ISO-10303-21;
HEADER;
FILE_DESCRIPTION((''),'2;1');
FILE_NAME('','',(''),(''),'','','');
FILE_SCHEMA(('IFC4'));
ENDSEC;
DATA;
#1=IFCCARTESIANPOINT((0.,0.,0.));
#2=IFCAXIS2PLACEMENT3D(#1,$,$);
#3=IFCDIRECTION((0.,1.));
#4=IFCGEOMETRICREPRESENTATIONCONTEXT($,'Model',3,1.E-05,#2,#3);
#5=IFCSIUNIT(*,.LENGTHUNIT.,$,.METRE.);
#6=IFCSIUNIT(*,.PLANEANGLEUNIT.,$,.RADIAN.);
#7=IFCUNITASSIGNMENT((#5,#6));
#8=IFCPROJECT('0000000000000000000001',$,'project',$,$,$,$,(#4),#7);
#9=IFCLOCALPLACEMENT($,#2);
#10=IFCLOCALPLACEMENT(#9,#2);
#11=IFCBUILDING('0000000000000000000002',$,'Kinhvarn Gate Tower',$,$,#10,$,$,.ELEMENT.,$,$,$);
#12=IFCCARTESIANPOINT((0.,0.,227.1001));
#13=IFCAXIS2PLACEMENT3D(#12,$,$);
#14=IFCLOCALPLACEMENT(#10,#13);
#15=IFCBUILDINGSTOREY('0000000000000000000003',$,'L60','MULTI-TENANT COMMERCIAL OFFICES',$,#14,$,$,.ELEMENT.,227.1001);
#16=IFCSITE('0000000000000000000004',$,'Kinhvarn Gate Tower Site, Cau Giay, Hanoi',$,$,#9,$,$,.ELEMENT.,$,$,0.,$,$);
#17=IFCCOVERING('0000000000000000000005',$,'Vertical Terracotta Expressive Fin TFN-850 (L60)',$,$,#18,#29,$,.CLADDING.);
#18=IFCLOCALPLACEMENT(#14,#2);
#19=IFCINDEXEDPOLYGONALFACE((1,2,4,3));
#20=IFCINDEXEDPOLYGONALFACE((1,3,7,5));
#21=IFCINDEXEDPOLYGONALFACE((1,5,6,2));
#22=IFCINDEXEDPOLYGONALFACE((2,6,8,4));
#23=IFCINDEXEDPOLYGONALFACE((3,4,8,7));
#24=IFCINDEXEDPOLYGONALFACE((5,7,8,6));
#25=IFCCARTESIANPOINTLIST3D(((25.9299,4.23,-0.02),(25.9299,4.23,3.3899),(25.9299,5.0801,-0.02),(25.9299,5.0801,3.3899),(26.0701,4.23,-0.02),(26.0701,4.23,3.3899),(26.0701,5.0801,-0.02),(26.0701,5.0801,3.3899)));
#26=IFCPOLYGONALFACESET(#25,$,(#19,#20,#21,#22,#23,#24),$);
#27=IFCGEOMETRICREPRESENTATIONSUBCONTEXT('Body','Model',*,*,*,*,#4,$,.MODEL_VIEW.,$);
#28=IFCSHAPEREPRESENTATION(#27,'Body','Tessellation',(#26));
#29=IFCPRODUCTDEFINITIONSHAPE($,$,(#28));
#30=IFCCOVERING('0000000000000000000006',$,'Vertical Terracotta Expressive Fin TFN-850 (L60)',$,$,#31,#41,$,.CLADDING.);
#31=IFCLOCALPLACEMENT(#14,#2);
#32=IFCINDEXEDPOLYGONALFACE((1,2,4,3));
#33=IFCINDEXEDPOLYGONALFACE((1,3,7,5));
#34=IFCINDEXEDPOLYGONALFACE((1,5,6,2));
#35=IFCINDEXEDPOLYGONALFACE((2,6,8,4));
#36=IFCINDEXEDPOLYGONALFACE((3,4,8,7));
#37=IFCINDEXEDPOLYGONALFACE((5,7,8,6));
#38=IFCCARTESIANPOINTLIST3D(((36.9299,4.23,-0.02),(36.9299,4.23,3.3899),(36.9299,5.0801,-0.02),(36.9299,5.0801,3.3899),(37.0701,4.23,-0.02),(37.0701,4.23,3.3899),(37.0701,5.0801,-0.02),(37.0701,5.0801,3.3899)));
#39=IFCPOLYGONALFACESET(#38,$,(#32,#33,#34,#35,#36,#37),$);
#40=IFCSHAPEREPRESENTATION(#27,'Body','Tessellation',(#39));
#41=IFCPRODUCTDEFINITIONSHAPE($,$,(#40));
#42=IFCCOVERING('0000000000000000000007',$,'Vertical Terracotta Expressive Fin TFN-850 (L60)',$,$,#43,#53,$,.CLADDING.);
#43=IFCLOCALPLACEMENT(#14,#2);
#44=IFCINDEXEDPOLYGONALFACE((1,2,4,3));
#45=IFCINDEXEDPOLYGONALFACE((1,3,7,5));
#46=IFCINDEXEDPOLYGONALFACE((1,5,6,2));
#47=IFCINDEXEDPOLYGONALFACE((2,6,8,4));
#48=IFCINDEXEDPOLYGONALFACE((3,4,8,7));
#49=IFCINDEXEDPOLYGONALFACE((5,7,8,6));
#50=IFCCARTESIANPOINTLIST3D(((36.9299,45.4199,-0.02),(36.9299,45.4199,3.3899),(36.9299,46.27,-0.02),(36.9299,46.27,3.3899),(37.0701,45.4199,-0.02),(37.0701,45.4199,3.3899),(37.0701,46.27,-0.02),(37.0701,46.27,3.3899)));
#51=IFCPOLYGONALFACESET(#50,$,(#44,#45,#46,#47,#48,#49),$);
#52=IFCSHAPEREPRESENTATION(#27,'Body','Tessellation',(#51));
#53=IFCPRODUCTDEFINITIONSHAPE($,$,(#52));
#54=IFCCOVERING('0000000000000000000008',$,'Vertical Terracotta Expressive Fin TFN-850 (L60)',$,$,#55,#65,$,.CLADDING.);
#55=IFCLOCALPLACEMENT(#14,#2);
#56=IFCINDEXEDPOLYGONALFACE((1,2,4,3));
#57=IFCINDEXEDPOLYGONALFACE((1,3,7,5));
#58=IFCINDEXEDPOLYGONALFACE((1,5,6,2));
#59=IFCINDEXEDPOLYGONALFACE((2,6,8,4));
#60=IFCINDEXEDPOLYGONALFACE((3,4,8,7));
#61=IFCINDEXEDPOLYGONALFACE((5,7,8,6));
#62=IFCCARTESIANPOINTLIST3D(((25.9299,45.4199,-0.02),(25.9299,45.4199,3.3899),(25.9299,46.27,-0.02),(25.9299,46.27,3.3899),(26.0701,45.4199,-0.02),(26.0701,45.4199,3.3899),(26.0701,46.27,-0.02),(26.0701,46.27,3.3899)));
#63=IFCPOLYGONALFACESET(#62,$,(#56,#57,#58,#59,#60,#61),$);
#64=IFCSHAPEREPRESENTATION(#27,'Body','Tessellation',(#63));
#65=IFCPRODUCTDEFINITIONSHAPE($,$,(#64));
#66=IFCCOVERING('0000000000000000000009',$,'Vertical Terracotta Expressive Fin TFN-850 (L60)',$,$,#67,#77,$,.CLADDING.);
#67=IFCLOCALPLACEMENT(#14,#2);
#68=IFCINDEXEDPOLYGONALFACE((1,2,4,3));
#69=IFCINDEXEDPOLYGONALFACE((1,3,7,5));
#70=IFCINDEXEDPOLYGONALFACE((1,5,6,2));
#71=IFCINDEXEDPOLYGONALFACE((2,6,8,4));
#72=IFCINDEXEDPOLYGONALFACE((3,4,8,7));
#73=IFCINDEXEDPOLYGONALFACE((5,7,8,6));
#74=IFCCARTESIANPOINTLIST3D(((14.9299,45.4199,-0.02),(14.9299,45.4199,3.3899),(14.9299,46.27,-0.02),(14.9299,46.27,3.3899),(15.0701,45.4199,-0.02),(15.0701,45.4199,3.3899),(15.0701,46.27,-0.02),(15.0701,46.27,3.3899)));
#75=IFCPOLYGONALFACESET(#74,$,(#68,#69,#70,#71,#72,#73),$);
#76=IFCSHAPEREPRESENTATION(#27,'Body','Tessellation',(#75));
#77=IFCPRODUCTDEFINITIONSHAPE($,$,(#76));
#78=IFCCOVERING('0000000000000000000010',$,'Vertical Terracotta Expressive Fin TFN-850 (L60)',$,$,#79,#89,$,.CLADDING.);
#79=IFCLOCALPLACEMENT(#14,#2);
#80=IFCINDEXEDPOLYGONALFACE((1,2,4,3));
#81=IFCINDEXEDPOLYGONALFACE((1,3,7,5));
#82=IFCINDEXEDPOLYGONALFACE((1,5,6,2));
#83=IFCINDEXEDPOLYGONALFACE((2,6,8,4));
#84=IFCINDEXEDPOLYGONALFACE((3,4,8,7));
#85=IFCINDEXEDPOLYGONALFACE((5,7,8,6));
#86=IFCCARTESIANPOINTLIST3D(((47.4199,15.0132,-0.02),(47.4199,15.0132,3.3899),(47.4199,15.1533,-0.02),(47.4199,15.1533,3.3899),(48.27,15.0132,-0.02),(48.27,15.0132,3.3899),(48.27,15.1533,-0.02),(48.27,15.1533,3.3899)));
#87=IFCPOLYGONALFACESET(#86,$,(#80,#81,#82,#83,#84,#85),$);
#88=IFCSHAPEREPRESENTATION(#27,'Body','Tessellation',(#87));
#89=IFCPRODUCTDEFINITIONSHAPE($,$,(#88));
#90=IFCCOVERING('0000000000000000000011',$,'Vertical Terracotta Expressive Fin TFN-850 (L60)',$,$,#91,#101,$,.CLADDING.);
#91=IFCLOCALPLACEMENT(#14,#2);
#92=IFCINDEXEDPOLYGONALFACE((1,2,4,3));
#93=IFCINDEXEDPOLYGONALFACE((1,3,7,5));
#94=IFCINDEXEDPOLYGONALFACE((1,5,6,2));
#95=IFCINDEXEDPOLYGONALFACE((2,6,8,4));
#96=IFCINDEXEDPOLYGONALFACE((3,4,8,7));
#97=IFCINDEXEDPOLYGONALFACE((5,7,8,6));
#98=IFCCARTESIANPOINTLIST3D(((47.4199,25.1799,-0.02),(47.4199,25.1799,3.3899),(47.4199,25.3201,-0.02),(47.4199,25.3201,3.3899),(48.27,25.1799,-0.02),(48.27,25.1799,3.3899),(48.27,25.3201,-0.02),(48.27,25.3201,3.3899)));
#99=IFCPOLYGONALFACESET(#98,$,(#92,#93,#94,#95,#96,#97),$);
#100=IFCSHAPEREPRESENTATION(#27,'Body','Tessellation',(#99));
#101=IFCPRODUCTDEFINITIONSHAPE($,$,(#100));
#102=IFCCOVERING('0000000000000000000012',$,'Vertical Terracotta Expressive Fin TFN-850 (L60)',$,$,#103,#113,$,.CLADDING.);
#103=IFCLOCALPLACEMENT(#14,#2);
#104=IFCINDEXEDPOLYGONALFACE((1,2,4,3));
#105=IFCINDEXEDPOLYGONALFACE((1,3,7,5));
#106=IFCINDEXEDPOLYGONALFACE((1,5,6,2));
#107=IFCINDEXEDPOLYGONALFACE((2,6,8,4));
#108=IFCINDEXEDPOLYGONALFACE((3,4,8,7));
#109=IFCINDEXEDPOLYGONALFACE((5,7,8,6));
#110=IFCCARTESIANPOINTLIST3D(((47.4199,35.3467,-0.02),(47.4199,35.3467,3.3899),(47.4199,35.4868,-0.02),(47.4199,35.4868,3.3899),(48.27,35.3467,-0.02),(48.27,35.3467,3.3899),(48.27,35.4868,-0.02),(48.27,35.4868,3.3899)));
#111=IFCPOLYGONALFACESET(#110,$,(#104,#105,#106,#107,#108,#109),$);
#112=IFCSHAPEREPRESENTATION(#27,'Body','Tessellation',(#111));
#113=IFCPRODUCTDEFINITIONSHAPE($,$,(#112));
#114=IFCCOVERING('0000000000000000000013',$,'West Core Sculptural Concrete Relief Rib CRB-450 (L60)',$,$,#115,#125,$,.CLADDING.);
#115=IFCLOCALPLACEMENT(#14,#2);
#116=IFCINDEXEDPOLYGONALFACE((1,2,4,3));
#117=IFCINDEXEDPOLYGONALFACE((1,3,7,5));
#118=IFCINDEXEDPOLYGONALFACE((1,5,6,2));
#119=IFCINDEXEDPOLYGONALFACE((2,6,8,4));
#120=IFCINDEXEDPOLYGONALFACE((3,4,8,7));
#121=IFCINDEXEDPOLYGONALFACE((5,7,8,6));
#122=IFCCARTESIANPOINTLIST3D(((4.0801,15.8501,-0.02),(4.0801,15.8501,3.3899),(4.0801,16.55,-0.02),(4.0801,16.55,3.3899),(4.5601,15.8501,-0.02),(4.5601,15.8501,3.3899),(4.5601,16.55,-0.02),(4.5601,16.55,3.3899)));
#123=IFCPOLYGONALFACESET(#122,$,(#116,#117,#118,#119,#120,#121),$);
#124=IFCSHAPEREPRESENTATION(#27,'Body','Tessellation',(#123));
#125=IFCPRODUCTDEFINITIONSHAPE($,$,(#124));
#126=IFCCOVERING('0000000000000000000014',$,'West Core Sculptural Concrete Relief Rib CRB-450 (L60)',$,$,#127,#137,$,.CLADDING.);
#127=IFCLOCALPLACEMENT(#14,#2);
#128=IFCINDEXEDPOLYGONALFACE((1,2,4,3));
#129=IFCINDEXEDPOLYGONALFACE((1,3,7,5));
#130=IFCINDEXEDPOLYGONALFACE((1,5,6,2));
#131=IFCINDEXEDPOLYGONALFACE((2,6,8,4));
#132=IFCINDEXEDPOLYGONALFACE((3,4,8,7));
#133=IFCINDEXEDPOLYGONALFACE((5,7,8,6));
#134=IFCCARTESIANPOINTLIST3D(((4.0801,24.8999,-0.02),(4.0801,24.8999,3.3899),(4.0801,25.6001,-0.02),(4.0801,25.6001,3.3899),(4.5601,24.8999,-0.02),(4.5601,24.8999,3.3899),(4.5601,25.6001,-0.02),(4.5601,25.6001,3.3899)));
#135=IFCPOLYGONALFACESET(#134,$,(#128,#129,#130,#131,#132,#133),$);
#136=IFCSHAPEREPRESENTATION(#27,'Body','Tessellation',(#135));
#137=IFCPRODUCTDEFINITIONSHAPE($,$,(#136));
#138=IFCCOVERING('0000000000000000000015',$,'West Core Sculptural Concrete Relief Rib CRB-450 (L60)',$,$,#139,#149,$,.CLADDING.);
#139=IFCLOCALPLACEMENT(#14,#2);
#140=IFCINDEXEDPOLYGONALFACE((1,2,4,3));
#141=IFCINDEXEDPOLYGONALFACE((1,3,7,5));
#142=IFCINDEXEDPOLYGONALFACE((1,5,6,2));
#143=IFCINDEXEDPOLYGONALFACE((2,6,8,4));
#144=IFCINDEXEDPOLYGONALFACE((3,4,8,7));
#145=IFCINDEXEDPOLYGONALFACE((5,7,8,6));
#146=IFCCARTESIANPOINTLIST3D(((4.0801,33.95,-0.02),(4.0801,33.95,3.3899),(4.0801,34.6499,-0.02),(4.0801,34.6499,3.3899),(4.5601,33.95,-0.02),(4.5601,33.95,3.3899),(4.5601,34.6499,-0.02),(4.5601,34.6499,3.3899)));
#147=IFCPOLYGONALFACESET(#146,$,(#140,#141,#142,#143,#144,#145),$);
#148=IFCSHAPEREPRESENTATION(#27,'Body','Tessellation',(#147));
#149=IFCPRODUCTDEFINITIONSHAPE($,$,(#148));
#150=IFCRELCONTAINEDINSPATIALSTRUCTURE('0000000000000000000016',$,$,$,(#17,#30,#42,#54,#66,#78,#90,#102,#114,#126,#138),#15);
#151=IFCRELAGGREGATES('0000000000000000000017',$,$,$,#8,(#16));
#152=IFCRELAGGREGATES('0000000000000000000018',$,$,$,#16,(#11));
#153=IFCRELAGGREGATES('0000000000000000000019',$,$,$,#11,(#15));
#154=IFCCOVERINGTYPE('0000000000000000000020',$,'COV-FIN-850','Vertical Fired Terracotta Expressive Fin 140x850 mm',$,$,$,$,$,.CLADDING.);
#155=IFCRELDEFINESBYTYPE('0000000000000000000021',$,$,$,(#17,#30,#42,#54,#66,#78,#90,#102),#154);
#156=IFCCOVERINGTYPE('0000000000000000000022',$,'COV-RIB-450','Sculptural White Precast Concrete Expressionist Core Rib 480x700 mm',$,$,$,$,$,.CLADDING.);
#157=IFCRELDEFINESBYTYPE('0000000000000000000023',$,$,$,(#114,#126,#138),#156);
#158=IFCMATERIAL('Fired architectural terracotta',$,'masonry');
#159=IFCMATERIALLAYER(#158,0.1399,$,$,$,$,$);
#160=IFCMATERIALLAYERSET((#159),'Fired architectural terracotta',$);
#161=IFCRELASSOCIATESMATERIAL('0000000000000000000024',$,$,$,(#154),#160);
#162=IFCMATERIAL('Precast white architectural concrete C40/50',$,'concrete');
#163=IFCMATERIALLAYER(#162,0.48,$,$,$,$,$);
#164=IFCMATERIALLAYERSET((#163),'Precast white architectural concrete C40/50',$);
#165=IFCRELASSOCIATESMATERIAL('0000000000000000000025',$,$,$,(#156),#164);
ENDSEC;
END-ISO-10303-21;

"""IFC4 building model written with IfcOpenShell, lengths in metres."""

from ifc_helpers import new_model, si_unit, direction, frame, origin, place, context, subcontext, project, spatial, polyline, outline, extrude, material, layer, layer_set, type_object, element, save


model = new_model("IFC4")

# Units and contexts
model_context = context("Model", 3, precision=1e-05, world=origin(), true_north=direction((0.0, 1.0)))
body_context = subcontext(model_context, "Body", "Model", "MODEL_VIEW")
ifc_project = project(units=[si_unit("LENGTHUNIT", "METRE"), si_unit("PLANEANGLEUNIT", "RADIAN")], contexts=[model_context])

# Site, building, storey
site_placement = place(None, origin())
site = spatial("IfcSite", under=ifc_project, at=site_placement, Name="Kinhvarn Gate Tower Site, Cau Giay, Hanoi", CompositionType="ELEMENT", RefElevation=0.0)
building_placement = place(site_placement, origin())
building = spatial("IfcBuilding", under=site, at=building_placement, Name="Kinhvarn Gate Tower", CompositionType="ELEMENT")
storey_placement = place(building_placement, frame((0.0, 0.0, 227.1001)))
storey = spatial("IfcBuildingStorey", under=building, at=storey_placement, Name="L60", Description="MULTI-TENANT COMMERCIAL OFFICES", CompositionType="ELEMENT", Elevation=227.1001)

# Shared definitions
ifc_material_1 = material(Name="Precast white architectural concrete C40/50", Category="concrete")

# Coverings
ifc_material_2 = material(Name="Fired architectural terracotta", Category="masonry")
ifc_layer_1 = layer(ifc_material_2, 0.1399)
ifc_layer_set_1 = layer_set([ifc_layer_1], Name="Fired architectural terracotta")
covering_type_1 = type_object("IfcCoveringType", Name="COV-FIN-850", Description="Vertical Fired Terracotta Expressive Fin 140x850 mm", PredefinedType="CLADDING", material=ifc_layer_set_1)
covering_1_placement = place(storey_placement, frame((0.0, 0.0, -0.02)))
element("IfcCovering", 1, at=covering_1_placement, inside=storey, type_object=covering_type_1, Name="Vertical Terracotta Expressive Fin TFN-850 (L60)", PredefinedType="CLADDING", context=body_context, shape_type="SweptSolid", body=[
    extrude(outline(polyline([(25.9299, 5.0801), (26.0701, 5.0801), (26.0701, 4.23), (25.9299, 4.23), (25.9299, 5.0801)])), origin(), (0.0, 0.0, 1.0), 3.4099),
])
covering_2_placement = place(storey_placement, frame((0.0, 0.0, -0.02)))
element("IfcCovering", 2, at=covering_2_placement, inside=storey, type_object=covering_type_1, Name="Vertical Terracotta Expressive Fin TFN-850 (L60)", PredefinedType="CLADDING", context=body_context, shape_type="SweptSolid", body=[
    extrude(outline(polyline([(36.9299, 5.0801), (37.0701, 5.0801), (37.0701, 4.23), (36.9299, 4.23), (36.9299, 5.0801)])), origin(), (0.0, 0.0, 1.0), 3.4099),
])
covering_3_placement = place(storey_placement, frame((0.0, 0.0, -0.02)))
element("IfcCovering", 3, at=covering_3_placement, inside=storey, type_object=covering_type_1, Name="Vertical Terracotta Expressive Fin TFN-850 (L60)", PredefinedType="CLADDING", context=body_context, shape_type="SweptSolid", body=[
    extrude(outline(polyline([(37.0701, 45.4199), (36.9299, 45.4199), (36.9299, 46.27), (37.0701, 46.27), (37.0701, 45.4199)])), origin(), (0.0, 0.0, 1.0), 3.4099),
])
covering_4_placement = place(storey_placement, frame((0.0, 0.0, -0.02)))
element("IfcCovering", 4, at=covering_4_placement, inside=storey, type_object=covering_type_1, Name="Vertical Terracotta Expressive Fin TFN-850 (L60)", PredefinedType="CLADDING", context=body_context, shape_type="SweptSolid", body=[
    extrude(outline(polyline([(26.0701, 45.4199), (25.9299, 45.4199), (25.9299, 46.27), (26.0701, 46.27), (26.0701, 45.4199)])), origin(), (0.0, 0.0, 1.0), 3.4099),
])
covering_5_placement = place(storey_placement, frame((0.0, 0.0, -0.02)))
element("IfcCovering", 5, at=covering_5_placement, inside=storey, type_object=covering_type_1, Name="Vertical Terracotta Expressive Fin TFN-850 (L60)", PredefinedType="CLADDING", context=body_context, shape_type="SweptSolid", body=[
    extrude(outline(polyline([(15.0701, 45.4199), (14.9299, 45.4199), (14.9299, 46.27), (15.0701, 46.27), (15.0701, 45.4199)])), origin(), (0.0, 0.0, 1.0), 3.4099),
])
covering_6_placement = place(storey_placement, frame((0.0, 0.0, -0.02)))
element("IfcCovering", 6, at=covering_6_placement, inside=storey, type_object=covering_type_1, Name="Vertical Terracotta Expressive Fin TFN-850 (L60)", PredefinedType="CLADDING", context=body_context, shape_type="SweptSolid", body=[
    extrude(outline(polyline([(47.4199, 15.0132), (47.4199, 15.1533), (48.27, 15.1533), (48.27, 15.0132), (47.4199, 15.0132)])), origin(), (0.0, 0.0, 1.0), 3.4099),
])
covering_7_placement = place(storey_placement, frame((0.0, 0.0, -0.02)))
element("IfcCovering", 7, at=covering_7_placement, inside=storey, type_object=covering_type_1, Name="Vertical Terracotta Expressive Fin TFN-850 (L60)", PredefinedType="CLADDING", context=body_context, shape_type="SweptSolid", body=[
    extrude(outline(polyline([(47.4199, 25.1799), (47.4199, 25.3201), (48.27, 25.3201), (48.27, 25.1799), (47.4199, 25.1799)])), origin(), (0.0, 0.0, 1.0), 3.4099),
])
covering_8_placement = place(storey_placement, frame((0.0, 0.0, -0.02)))
element("IfcCovering", 8, at=covering_8_placement, inside=storey, type_object=covering_type_1, Name="Vertical Terracotta Expressive Fin TFN-850 (L60)", PredefinedType="CLADDING", context=body_context, shape_type="SweptSolid", body=[
    extrude(outline(polyline([(47.4199, 35.3467), (47.4199, 35.4868), (48.27, 35.4868), (48.27, 35.3467), (47.4199, 35.3467)])), origin(), (0.0, 0.0, 1.0), 3.4099),
])
ifc_layer_2 = layer(ifc_material_1, 0.48)
ifc_layer_set_2 = layer_set([ifc_layer_2], Name="Precast white architectural concrete C40/50")
covering_type_2 = type_object("IfcCoveringType", Name="COV-RIB-450", Description="Sculptural White Precast Concrete Expressionist Core Rib 480x700 mm", PredefinedType="CLADDING", material=ifc_layer_set_2)
covering_9_placement = place(storey_placement, frame((0.0, 0.0, -0.02)))
element("IfcCovering", 9, at=covering_9_placement, inside=storey, type_object=covering_type_2, Name="West Core Sculptural Concrete Relief Rib CRB-450 (L60)", PredefinedType="CLADDING", context=body_context, shape_type="SweptSolid", body=[
    extrude(outline(polyline([(4.0801, 15.8501), (4.5601, 15.8501), (4.5601, 16.55), (4.0801, 16.55), (4.0801, 15.8501)])), origin(), (0.0, 0.0, 1.0), 3.4099),
])
covering_10_placement = place(storey_placement, frame((0.0, 0.0, -0.02)))
element("IfcCovering", 10, at=covering_10_placement, inside=storey, type_object=covering_type_2, Name="West Core Sculptural Concrete Relief Rib CRB-450 (L60)", PredefinedType="CLADDING", context=body_context, shape_type="SweptSolid", body=[
    extrude(outline(polyline([(4.0801, 24.8999), (4.5601, 24.8999), (4.5601, 25.6001), (4.0801, 25.6001), (4.0801, 24.8999)])), origin(), (0.0, 0.0, 1.0), 3.4099),
])
covering_11_placement = place(storey_placement, frame((0.0, 0.0, -0.02)))
element("IfcCovering", 11, at=covering_11_placement, inside=storey, type_object=covering_type_2, Name="West Core Sculptural Concrete Relief Rib CRB-450 (L60)", PredefinedType="CLADDING", context=body_context, shape_type="SweptSolid", body=[
    extrude(outline(polyline([(4.0801, 33.95), (4.5601, 33.95), (4.5601, 34.6499), (4.0801, 34.6499), (4.0801, 33.95)])), origin(), (0.0, 0.0, 1.0), 3.4099),
])

save(model, "model.ifc")
